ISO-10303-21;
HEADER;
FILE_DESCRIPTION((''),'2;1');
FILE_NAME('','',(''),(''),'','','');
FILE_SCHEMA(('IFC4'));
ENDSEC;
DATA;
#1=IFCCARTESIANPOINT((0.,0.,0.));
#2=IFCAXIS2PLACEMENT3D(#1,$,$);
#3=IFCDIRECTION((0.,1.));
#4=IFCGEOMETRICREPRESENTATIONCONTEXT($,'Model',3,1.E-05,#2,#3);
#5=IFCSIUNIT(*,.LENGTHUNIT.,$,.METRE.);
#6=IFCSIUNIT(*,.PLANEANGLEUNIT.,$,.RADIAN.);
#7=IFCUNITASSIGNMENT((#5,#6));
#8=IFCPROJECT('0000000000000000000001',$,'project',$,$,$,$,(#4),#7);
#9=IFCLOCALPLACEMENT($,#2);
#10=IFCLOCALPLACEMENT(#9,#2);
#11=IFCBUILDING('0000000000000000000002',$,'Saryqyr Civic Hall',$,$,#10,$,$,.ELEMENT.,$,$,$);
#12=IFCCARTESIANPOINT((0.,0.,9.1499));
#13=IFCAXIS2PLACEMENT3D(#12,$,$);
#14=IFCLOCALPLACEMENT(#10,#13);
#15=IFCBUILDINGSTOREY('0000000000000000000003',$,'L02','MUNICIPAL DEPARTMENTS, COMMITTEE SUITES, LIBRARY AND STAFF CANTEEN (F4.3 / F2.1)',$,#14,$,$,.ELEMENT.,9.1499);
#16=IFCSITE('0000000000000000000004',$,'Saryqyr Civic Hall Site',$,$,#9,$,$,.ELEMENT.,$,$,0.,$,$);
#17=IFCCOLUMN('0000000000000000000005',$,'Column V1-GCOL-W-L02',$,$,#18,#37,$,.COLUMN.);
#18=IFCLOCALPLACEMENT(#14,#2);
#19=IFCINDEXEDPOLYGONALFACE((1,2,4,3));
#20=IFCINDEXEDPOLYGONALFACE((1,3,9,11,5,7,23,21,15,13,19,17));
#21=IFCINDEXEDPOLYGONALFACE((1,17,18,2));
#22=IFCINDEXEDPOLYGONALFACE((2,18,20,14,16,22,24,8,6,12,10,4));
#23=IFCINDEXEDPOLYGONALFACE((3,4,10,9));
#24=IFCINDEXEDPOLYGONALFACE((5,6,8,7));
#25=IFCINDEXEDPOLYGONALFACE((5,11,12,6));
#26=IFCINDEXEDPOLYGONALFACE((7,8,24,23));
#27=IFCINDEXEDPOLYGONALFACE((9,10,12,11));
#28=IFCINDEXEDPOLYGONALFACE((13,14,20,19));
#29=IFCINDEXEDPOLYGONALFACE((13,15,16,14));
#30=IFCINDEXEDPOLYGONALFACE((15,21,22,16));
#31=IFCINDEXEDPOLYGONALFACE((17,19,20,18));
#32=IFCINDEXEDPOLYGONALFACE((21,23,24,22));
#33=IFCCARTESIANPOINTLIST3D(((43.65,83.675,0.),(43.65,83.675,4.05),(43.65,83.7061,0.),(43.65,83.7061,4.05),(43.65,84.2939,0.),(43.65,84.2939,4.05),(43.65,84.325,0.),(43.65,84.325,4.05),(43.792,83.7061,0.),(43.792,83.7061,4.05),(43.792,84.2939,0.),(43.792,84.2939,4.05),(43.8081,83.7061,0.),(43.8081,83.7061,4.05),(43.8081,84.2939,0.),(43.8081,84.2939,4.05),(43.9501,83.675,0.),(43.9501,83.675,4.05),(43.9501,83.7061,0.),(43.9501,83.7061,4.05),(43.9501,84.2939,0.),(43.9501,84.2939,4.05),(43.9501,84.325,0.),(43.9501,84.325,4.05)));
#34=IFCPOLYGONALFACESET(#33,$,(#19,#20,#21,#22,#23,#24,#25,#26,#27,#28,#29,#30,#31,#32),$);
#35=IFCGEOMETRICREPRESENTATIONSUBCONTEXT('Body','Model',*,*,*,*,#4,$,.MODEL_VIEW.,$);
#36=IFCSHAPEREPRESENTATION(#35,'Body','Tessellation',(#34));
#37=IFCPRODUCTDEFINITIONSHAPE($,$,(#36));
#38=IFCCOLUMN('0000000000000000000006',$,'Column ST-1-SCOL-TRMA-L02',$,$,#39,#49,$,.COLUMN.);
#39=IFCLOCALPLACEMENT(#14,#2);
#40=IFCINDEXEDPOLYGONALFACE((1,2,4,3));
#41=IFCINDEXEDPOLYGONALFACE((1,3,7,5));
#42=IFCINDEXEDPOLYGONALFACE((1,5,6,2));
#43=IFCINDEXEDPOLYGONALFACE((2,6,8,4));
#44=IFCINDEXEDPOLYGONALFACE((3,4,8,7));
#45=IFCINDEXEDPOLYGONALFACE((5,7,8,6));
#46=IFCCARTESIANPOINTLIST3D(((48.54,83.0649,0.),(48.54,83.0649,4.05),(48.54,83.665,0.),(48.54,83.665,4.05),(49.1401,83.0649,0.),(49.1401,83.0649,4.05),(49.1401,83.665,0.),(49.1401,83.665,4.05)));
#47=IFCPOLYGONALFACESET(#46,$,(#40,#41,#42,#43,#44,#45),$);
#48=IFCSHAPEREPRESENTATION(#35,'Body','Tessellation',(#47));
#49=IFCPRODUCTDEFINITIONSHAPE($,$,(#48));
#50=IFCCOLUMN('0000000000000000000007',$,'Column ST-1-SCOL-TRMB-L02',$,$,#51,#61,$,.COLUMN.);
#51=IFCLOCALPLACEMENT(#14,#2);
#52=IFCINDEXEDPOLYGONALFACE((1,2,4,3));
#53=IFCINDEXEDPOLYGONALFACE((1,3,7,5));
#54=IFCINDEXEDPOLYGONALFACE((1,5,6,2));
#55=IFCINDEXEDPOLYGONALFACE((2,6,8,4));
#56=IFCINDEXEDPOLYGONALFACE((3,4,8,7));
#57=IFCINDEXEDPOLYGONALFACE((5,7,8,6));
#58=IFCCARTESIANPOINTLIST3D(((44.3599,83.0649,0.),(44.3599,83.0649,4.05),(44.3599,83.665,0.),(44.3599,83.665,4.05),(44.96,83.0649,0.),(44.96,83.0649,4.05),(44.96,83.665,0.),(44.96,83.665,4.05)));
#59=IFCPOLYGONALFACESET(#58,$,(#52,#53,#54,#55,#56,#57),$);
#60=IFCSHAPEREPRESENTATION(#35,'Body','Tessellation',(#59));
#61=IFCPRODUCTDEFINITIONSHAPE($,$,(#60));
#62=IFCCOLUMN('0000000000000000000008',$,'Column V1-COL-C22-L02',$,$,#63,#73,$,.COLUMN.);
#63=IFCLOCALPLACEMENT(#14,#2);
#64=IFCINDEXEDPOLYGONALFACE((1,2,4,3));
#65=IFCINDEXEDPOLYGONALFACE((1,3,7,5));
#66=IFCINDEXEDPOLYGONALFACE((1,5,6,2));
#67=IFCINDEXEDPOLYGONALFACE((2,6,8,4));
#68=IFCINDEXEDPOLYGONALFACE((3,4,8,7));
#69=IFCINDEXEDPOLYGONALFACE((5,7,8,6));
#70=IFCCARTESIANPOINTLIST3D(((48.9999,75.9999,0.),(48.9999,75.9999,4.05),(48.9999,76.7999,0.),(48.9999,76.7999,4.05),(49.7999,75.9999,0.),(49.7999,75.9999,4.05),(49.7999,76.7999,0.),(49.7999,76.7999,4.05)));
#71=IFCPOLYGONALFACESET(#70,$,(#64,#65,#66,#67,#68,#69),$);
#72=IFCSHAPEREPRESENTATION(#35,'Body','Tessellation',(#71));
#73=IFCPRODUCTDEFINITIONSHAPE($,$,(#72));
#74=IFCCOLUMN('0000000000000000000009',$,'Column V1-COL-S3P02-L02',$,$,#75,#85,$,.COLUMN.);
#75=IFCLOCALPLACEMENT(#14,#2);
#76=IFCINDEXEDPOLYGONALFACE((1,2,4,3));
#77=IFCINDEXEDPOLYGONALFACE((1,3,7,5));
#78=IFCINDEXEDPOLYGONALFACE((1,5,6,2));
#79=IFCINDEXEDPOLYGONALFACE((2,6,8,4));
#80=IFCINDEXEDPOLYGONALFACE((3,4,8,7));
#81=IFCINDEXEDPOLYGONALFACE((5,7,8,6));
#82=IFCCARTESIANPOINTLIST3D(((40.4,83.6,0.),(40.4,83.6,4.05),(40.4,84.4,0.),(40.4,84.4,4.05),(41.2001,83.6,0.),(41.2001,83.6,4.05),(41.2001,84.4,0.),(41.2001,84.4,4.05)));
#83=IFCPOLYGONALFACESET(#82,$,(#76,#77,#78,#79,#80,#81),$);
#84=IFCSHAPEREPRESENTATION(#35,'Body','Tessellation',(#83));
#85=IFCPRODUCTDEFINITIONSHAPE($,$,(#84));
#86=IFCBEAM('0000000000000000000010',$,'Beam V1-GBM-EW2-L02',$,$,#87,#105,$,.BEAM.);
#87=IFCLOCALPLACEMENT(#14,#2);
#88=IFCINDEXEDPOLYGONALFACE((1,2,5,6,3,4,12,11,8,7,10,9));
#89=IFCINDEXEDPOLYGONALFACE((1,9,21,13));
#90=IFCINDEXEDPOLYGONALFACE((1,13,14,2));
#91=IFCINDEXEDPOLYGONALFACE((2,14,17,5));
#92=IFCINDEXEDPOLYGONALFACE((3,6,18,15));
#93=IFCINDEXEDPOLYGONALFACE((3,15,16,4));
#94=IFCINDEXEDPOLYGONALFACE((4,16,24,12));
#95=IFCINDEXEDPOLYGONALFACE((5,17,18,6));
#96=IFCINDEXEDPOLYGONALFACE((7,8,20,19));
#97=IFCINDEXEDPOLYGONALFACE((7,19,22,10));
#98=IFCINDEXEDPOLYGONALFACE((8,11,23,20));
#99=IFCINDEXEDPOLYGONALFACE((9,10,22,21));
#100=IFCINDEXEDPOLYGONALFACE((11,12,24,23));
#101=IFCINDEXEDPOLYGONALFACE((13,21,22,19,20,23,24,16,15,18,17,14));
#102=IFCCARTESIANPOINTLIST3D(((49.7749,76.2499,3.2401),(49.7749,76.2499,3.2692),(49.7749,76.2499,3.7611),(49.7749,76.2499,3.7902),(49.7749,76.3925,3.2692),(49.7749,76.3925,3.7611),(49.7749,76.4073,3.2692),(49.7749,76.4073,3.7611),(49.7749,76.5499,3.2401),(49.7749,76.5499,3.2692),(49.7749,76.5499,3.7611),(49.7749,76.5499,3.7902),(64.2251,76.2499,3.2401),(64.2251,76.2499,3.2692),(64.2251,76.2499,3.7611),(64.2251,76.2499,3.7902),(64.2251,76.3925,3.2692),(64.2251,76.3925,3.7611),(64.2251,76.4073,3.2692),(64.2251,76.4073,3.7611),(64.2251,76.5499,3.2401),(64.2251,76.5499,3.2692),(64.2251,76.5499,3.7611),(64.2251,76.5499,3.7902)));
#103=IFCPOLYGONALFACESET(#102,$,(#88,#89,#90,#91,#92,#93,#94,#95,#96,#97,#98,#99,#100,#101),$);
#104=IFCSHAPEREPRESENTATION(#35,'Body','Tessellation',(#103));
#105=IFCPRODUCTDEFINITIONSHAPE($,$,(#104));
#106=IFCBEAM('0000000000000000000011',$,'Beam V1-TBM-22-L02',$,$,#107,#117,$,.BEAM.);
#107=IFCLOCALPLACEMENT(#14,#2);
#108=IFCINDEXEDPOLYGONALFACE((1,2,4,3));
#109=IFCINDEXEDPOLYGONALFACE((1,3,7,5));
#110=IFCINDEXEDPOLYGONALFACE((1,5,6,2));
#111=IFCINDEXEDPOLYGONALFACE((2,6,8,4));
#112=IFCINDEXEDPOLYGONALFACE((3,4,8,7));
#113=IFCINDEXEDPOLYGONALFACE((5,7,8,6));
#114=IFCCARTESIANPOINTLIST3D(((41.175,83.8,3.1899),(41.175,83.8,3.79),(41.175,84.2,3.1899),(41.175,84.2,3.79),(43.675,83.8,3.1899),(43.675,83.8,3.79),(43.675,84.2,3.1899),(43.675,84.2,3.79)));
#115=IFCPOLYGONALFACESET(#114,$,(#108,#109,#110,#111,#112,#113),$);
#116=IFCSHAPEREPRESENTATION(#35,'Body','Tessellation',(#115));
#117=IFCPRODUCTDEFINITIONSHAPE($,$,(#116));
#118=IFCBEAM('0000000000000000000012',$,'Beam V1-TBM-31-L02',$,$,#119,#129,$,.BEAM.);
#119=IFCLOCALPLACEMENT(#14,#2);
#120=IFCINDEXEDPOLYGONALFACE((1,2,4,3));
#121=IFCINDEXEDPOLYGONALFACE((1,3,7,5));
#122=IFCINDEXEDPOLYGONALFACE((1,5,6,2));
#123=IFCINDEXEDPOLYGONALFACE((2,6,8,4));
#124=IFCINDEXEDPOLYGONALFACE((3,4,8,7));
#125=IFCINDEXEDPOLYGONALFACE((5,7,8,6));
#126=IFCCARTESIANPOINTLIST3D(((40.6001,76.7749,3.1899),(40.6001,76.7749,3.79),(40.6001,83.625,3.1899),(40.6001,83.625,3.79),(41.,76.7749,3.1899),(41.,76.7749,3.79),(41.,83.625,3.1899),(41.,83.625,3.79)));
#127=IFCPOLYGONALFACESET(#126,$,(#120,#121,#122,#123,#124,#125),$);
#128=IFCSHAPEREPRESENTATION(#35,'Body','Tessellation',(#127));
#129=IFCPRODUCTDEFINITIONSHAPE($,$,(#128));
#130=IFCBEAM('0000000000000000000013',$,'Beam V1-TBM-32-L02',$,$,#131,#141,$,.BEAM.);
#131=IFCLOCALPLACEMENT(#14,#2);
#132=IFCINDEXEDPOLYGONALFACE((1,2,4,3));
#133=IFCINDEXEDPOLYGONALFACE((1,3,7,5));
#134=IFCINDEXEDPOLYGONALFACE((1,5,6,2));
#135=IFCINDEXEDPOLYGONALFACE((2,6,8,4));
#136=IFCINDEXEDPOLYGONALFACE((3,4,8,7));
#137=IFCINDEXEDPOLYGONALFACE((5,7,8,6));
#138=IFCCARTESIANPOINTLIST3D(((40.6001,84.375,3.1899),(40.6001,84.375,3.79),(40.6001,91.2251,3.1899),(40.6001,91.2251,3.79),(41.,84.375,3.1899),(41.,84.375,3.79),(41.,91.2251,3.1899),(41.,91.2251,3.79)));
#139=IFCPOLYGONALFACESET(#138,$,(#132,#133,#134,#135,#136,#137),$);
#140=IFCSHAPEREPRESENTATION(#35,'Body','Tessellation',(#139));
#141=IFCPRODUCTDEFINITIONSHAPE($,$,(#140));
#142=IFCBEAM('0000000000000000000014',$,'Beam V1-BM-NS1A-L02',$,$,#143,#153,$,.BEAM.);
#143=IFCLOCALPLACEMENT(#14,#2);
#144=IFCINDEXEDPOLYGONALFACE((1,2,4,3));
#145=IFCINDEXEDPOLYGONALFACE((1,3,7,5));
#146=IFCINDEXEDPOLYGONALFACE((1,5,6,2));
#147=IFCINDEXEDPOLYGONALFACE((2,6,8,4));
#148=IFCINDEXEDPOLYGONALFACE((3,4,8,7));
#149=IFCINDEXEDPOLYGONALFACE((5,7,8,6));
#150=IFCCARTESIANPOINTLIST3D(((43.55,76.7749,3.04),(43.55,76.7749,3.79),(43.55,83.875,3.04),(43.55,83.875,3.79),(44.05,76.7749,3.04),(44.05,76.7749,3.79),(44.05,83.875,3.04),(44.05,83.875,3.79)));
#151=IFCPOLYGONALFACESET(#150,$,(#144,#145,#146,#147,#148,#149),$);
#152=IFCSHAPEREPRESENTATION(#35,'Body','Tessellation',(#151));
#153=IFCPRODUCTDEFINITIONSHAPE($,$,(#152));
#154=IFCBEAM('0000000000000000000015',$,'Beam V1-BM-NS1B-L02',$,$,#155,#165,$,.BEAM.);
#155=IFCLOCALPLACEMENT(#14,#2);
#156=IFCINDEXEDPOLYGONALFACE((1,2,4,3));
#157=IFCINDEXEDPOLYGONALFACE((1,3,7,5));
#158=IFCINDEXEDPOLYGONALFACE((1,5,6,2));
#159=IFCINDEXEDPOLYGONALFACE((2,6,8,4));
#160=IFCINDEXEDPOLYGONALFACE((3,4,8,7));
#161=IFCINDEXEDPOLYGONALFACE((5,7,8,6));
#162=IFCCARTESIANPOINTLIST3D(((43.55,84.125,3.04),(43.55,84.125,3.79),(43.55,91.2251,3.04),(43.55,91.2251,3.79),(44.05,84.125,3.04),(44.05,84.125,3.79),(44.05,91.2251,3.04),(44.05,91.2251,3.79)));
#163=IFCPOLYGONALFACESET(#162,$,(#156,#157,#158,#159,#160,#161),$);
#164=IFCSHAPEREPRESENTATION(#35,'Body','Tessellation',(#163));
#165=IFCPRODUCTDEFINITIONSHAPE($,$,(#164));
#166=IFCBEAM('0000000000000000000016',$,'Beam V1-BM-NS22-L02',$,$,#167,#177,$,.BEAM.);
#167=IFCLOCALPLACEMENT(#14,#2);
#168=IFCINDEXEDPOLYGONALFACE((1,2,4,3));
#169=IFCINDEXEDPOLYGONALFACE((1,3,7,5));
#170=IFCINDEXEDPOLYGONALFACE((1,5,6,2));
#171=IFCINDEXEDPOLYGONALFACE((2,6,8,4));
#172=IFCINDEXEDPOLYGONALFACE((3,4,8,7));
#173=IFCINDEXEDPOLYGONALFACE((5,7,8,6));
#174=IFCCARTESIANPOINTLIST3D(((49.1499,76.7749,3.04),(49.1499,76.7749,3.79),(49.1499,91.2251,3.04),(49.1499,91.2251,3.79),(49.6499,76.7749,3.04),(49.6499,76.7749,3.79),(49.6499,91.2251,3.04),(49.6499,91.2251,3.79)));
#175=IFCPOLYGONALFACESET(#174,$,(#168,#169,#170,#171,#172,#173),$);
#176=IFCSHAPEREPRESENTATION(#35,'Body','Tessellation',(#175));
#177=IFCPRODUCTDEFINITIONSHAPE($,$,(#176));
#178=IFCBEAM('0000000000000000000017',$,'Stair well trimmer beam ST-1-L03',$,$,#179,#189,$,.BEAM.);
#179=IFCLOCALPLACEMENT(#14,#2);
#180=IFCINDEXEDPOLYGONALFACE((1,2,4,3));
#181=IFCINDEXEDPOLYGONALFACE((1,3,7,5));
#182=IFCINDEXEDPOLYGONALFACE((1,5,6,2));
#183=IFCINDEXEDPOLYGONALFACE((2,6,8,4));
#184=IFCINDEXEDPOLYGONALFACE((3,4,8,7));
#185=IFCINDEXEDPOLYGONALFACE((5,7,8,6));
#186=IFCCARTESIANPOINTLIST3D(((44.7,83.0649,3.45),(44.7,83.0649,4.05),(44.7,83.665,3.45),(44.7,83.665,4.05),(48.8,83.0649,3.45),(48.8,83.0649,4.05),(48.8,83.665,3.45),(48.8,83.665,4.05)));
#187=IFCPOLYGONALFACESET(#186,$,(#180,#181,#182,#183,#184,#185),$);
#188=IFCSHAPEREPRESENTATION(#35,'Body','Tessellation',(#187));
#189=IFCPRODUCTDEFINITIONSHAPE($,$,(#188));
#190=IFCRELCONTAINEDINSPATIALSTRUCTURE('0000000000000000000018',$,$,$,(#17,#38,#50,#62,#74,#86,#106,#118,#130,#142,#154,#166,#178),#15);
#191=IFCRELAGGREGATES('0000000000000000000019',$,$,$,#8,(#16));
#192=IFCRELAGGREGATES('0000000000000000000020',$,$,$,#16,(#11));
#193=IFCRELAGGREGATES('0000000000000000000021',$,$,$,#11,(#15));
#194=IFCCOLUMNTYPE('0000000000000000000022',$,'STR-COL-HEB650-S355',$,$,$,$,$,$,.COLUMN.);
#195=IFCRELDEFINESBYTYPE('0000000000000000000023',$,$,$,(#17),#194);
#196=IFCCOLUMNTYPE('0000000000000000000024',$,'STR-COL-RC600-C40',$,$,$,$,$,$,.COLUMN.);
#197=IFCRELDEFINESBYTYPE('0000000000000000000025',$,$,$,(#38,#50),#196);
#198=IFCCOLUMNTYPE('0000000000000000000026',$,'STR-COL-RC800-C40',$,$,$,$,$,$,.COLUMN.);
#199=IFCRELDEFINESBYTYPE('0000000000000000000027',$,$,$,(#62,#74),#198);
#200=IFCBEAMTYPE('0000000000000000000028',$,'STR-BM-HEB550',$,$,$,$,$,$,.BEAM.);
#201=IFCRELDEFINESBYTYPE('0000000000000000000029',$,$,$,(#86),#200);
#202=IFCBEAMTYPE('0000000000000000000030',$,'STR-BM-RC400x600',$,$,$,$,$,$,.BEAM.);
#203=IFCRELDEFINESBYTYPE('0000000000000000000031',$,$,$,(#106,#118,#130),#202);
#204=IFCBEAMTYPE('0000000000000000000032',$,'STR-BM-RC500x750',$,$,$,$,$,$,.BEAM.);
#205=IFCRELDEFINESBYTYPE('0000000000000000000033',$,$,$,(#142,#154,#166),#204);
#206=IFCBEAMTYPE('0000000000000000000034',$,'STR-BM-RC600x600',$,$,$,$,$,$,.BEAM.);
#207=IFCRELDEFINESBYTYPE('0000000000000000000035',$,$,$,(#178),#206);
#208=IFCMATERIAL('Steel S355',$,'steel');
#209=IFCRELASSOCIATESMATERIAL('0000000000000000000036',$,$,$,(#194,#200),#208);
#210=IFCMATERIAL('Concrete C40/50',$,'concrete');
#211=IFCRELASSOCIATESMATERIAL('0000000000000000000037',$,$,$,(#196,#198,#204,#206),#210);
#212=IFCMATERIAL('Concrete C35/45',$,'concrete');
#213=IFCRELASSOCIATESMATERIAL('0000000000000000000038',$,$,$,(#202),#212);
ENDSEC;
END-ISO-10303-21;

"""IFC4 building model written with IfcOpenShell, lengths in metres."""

from ifc_helpers import new_model, si_unit, direction, frame, origin, origin_2d, place, context, subcontext, project, spatial, rectangle, i_section, extrude, material, material_profile, profile_set, type_object, element, save


model = new_model("IFC4")

# Units and contexts
model_context = context("Model", 3, precision=1e-05, world=origin(), true_north=direction((0.0, 1.0)))
body_context = subcontext(model_context, "Body", "Model", "MODEL_VIEW")
ifc_project = project(units=[si_unit("LENGTHUNIT", "METRE"), si_unit("PLANEANGLEUNIT", "RADIAN")], contexts=[model_context])

# Site, building, storey
site_placement = place(None, origin())
site = spatial("IfcSite", under=ifc_project, at=site_placement, Name="Saryqyr Civic Hall Site", CompositionType="ELEMENT", RefElevation=0.0)
building_placement = place(site_placement, origin())
building = spatial("IfcBuilding", under=site, at=building_placement, Name="Saryqyr Civic Hall", CompositionType="ELEMENT")
storey_placement = place(building_placement, frame((0.0, 0.0, 9.1499)))
storey = spatial("IfcBuildingStorey", under=building, at=storey_placement, Name="L02", Description="MUNICIPAL DEPARTMENTS, COMMITTEE SUITES, LIBRARY AND STAFF CANTEEN (F4.3 / F2.1)", CompositionType="ELEMENT", Elevation=9.1499)

# Columns
ifc_material_1 = material(Name="Steel S355", Category="steel")
ifc_material_profile_1 = material_profile(ifc_material_1, i_section(OverallWidth=0.3, OverallDepth=0.6499, WebThickness=0.0161, FlangeThickness=0.031, at=origin_2d()), Name="HEB 650")
ifc_profile_set_1 = profile_set([ifc_material_profile_1], Name="Steel S355")
column_type_1 = type_object("IfcColumnType", Name="STR-COL-HEB650-S355", PredefinedType="COLUMN", material=ifc_profile_set_1)
column_placement = place(storey_placement, frame((43.8, 84.0, 0.0), z_axis=(0.0, 0.0, 1.0), x_axis=(1.0, 0.0, 0.0)))
element("IfcColumn", 1, at=column_placement, inside=storey, type_object=column_type_1, Name="Column V1-GCOL-W-L02", PredefinedType="COLUMN", context=body_context, shape_type="SweptSolid", body=[
    extrude(i_section(OverallWidth=0.3, OverallDepth=0.6499, WebThickness=0.0161, FlangeThickness=0.031, at=origin_2d()), origin(), (0.0, 0.0, 1.0), 4.05),
])
ifc_material_2 = material(Name="Concrete C40/50", Category="concrete")
ifc_material_profile_2 = material_profile(ifc_material_2, rectangle(XDim=0.6001, YDim=0.6001, at=origin_2d()), Name="RC 600x600")
ifc_profile_set_2 = profile_set([ifc_material_profile_2], Name="Concrete C40/50")
column_type_2 = type_object("IfcColumnType", Name="STR-COL-RC600-C40", PredefinedType="COLUMN", material=ifc_profile_set_2)
for number, where, z_axis, x_axis, name in (
    (2, (48.8401, 83.365, 0.0), (0.0, 0.0, 1.0), (1.0, 0.0, 0.0), "Column ST-1-SCOL-TRMA-L02"),
    (3, (44.6599, 83.365, 0.0), (0.0, 0.0, 1.0), (1.0, 0.0, 0.0), "Column ST-1-SCOL-TRMB-L02"),
):
    element("IfcColumn", number, at=place(storey_placement, frame(where, z_axis=z_axis, x_axis=x_axis)), inside=storey, type_object=column_type_2, Name=name, PredefinedType="COLUMN", context=body_context, shape_type="SweptSolid", body=[
        extrude(rectangle(XDim=0.6001, YDim=0.6001, at=origin_2d()), origin(), (0.0, 0.0, 1.0), 4.05),
    ])
ifc_material_profile_3 = material_profile(ifc_material_2, rectangle(XDim=0.8, YDim=0.8, at=origin_2d()), Name="RC 800x800")
ifc_profile_set_3 = profile_set([ifc_material_profile_3], Name="Concrete C40/50")
column_type_3 = type_object("IfcColumnType", Name="STR-COL-RC800-C40", PredefinedType="COLUMN", material=ifc_profile_set_3)
for number, where, z_axis, x_axis, name in (
    (4, (49.3999, 76.3999, 0.0), (0.0, 0.0, 1.0), (1.0, 0.0, 0.0), "Column V1-COL-C22-L02"),
    (5, (40.8, 84.0, 0.0), (0.0, 0.0, 1.0), (1.0, 0.0, 0.0), "Column V1-COL-S3P02-L02"),
):
    element("IfcColumn", number, at=place(storey_placement, frame(where, z_axis=z_axis, x_axis=x_axis)), inside=storey, type_object=column_type_3, Name=name, PredefinedType="COLUMN", context=body_context, shape_type="SweptSolid", body=[
        extrude(rectangle(XDim=0.8, YDim=0.8, at=origin_2d()), origin(), (0.0, 0.0, 1.0), 4.05),
    ])

# Beams
ifc_material_profile_4 = material_profile(ifc_material_1, i_section(OverallWidth=0.3, OverallDepth=0.55, WebThickness=0.0149, FlangeThickness=0.0291, at=origin_2d()), Name="HEB 550")
ifc_profile_set_4 = profile_set([ifc_material_profile_4], Name="Steel S355")
beam_type_1 = type_object("IfcBeamType", Name="STR-BM-HEB550", PredefinedType="BEAM", material=ifc_profile_set_4)
beam_1_placement = place(storey_placement, frame((49.7749, 76.3999, 3.5151), z_axis=(1.0, 0.0, 0.0), x_axis=(0.0, 1.0, 0.0)))
element("IfcBeam", 6, at=beam_1_placement, inside=storey, type_object=beam_type_1, Name="Beam V1-GBM-EW2-L02", PredefinedType="BEAM", context=body_context, shape_type="SweptSolid", body=[
    extrude(i_section(OverallWidth=0.3, OverallDepth=0.55, WebThickness=0.0149, FlangeThickness=0.0291, at=origin_2d()), origin(), (0.0, 0.0, 1.0), 14.4502),
])
ifc_material_3 = material(Name="Concrete C35/45", Category="concrete")
ifc_material_profile_5 = material_profile(ifc_material_3, rectangle(XDim=0.3999, YDim=0.6001, at=origin_2d()), Name="RC 400x600")
ifc_profile_set_5 = profile_set([ifc_material_profile_5], Name="Concrete C35/45")
beam_type_2 = type_object("IfcBeamType", Name="STR-BM-RC400x600", PredefinedType="BEAM", material=ifc_profile_set_5)
beam_2_placement = place(storey_placement, frame((41.175, 84.0, 3.49), z_axis=(1.0, 0.0, 0.0), x_axis=(0.0, 1.0, 0.0)))
element("IfcBeam", 7, at=beam_2_placement, inside=storey, type_object=beam_type_2, Name="Beam V1-TBM-22-L02", PredefinedType="BEAM", context=body_context, shape_type="SweptSolid", body=[
    extrude(rectangle(XDim=0.3999, YDim=0.6001, at=origin_2d()), origin(), (0.0, 0.0, 1.0), 2.5),
])
for number, where, z_axis, x_axis, name in (
    (8, (40.8, 76.7749, 3.49), (0.0, 1.0, 0.0), (-1.0, 0.0, 0.0), "Beam V1-TBM-31-L02"),
    (9, (40.8, 84.375, 3.49), (0.0, 1.0, 0.0), (-1.0, 0.0, 0.0), "Beam V1-TBM-32-L02"),
):
    element("IfcBeam", number, at=place(storey_placement, frame(where, z_axis=z_axis, x_axis=x_axis)), inside=storey, type_object=beam_type_2, Name=name, PredefinedType="BEAM", context=body_context, shape_type="SweptSolid", body=[
        extrude(rectangle(XDim=0.3999, YDim=0.6001, at=origin_2d()), origin(), (0.0, 0.0, 1.0), 6.8501),
    ])
ifc_material_profile_6 = material_profile(ifc_material_2, rectangle(XDim=0.5, YDim=0.75, at=origin_2d()), Name="RC 500x750")
ifc_profile_set_6 = profile_set([ifc_material_profile_6], Name="Concrete C40/50")
beam_type_3 = type_object("IfcBeamType", Name="STR-BM-RC500x750", PredefinedType="BEAM", material=ifc_profile_set_6)
for number, where, z_axis, x_axis, name in (
    (10, (43.8, 76.7749, 3.415), (0.0, 1.0, 0.0), (-1.0, 0.0, 0.0), "Beam V1-BM-NS1A-L02"),
    (11, (43.8, 84.125, 3.415), (0.0, 1.0, 0.0), (-1.0, 0.0, 0.0), "Beam V1-BM-NS1B-L02"),
):
    element("IfcBeam", number, at=place(storey_placement, frame(where, z_axis=z_axis, x_axis=x_axis)), inside=storey, type_object=beam_type_3, Name=name, PredefinedType="BEAM", context=body_context, shape_type="SweptSolid", body=[
        extrude(rectangle(XDim=0.5, YDim=0.75, at=origin_2d()), origin(), (0.0, 0.0, 1.0), 7.1001),
    ])
beam_3_placement = place(storey_placement, frame((49.3999, 76.7749, 3.415), z_axis=(0.0, 1.0, 0.0), x_axis=(-1.0, 0.0, 0.0)))
element("IfcBeam", 12, at=beam_3_placement, inside=storey, type_object=beam_type_3, Name="Beam V1-BM-NS22-L02", PredefinedType="BEAM", context=body_context, shape_type="SweptSolid", body=[
    extrude(rectangle(XDim=0.5, YDim=0.75, at=origin_2d()), origin(), (0.0, 0.0, 1.0), 14.4502),
])
ifc_material_profile_7 = material_profile(ifc_material_2, rectangle(XDim=0.6001, YDim=0.6001, at=origin_2d()), Name="RC 600x600")
ifc_profile_set_7 = profile_set([ifc_material_profile_7], Name="Concrete C40/50")
beam_type_4 = type_object("IfcBeamType", Name="STR-BM-RC600x600", PredefinedType="BEAM", material=ifc_profile_set_7)
beam_4_placement = place(storey_placement, frame((48.8, 83.365, 3.75), z_axis=(-1.0, 0.0, 0.0), x_axis=(0.0, -1.0, 0.0)))
element("IfcBeam", 13, at=beam_4_placement, inside=storey, type_object=beam_type_4, Name="Stair well trimmer beam ST-1-L03", PredefinedType="BEAM", context=body_context, shape_type="SweptSolid", body=[
    extrude(rectangle(XDim=0.6001, YDim=0.6001, at=origin_2d()), origin(), (0.0, 0.0, 1.0), 4.1001),
])

save(model, "model.ifc")
